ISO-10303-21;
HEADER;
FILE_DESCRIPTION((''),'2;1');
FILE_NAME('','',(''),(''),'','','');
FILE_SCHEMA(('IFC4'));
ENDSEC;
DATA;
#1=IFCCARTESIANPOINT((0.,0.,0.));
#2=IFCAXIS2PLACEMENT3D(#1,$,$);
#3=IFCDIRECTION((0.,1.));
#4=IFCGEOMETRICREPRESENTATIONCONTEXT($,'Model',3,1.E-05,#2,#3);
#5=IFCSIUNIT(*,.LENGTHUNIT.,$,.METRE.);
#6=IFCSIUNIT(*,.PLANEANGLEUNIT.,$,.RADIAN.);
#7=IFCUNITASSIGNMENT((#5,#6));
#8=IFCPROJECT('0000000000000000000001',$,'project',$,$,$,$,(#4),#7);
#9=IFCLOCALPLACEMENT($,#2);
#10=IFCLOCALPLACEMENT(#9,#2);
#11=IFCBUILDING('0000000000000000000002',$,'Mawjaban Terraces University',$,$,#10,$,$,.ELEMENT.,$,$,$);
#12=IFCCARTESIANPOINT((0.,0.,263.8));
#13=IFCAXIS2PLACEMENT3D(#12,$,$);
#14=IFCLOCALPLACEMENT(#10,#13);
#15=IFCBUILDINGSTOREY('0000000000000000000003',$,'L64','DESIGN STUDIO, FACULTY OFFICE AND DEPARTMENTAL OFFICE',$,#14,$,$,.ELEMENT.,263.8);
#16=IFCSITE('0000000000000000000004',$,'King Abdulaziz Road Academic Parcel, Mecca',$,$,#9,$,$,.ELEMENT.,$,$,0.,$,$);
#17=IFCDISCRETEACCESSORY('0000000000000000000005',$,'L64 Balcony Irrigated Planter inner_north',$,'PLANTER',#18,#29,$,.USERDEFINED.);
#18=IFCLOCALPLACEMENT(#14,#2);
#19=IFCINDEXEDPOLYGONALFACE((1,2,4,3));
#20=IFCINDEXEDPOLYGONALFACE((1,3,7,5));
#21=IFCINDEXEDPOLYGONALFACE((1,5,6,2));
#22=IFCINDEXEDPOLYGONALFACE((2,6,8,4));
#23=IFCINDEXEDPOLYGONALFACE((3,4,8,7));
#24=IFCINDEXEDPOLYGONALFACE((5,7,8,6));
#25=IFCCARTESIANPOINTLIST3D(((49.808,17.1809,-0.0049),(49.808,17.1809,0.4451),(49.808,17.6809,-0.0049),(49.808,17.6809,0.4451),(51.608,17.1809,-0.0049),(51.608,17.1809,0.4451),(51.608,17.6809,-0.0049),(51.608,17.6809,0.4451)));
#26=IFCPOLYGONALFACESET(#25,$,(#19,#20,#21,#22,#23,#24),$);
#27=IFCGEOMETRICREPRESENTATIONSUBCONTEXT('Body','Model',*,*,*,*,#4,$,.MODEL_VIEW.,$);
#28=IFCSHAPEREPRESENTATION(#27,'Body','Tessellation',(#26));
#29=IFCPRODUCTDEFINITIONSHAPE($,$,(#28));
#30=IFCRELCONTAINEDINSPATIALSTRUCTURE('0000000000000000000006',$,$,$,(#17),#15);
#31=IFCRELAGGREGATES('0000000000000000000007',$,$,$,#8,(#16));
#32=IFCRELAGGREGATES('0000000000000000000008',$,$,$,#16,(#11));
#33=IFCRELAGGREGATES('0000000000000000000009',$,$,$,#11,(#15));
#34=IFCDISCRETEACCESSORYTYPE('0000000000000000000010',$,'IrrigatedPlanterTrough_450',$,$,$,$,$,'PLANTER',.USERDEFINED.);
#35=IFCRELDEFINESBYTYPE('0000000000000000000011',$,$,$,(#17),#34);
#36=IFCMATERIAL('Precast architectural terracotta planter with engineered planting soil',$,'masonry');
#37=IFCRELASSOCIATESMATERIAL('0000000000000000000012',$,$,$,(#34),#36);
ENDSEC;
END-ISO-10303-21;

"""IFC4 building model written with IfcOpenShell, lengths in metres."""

from ifc_helpers import new_model, si_unit, direction, frame, origin, origin_2d, place, context, subcontext, project, spatial, rectangle, extrude, material, type_object, element, save


model = new_model("IFC4")

# Units and contexts
model_context = context("Model", 3, precision=1e-05, world=origin(), true_north=direction((0.0, 1.0)))
body_context = subcontext(model_context, "Body", "Model", "MODEL_VIEW")
ifc_project = project(units=[si_unit("LENGTHUNIT", "METRE"), si_unit("PLANEANGLEUNIT", "RADIAN")], contexts=[model_context])

# Site, building, storey
site_placement = place(None, origin())
site = spatial("IfcSite", under=ifc_project, at=site_placement, Name="King Abdulaziz Road Academic Parcel, Mecca", CompositionType="ELEMENT", RefElevation=0.0)
building_placement = place(site_placement, origin())
building = spatial("IfcBuilding", under=site, at=building_placement, Name="Mawjaban Terraces University", CompositionType="ELEMENT")
storey_placement = place(building_placement, frame((0.0, 0.0, 263.8)))
storey = spatial("IfcBuildingStorey", under=building, at=storey_placement, Name="L64", Description="DESIGN STUDIO, FACULTY OFFICE AND DEPARTMENTAL OFFICE", CompositionType="ELEMENT", Elevation=263.8)

# Discrete accessory
ifc_material_1 = material(Name="Precast architectural terracotta planter with engineered planting soil", Category="masonry")
discrete_accessory_type_1 = type_object("IfcDiscreteAccessoryType", Name="IrrigatedPlanterTrough_450", ElementType="PLANTER", PredefinedType="USERDEFINED", material=ifc_material_1)
discrete_accessory_1_placement = place(storey_placement, frame((50.708, 17.4309, -0.0049), z_axis=(0.0, 0.0, 1.0), x_axis=(1.0, 0.0, 0.0)))
element("IfcDiscreteAccessory", 1, at=discrete_accessory_1_placement, inside=storey, type_object=discrete_accessory_type_1, Name="L64 Balcony Irrigated Planter inner_north", ObjectType="PLANTER", PredefinedType="USERDEFINED", context=body_context, shape_type="SweptSolid", body=[
    extrude(rectangle(XDim=1.8, YDim=0.5, at=origin_2d()), origin(), (0.0, 0.0, 1.0), 0.45),
])

save(model, "model.ifc")
